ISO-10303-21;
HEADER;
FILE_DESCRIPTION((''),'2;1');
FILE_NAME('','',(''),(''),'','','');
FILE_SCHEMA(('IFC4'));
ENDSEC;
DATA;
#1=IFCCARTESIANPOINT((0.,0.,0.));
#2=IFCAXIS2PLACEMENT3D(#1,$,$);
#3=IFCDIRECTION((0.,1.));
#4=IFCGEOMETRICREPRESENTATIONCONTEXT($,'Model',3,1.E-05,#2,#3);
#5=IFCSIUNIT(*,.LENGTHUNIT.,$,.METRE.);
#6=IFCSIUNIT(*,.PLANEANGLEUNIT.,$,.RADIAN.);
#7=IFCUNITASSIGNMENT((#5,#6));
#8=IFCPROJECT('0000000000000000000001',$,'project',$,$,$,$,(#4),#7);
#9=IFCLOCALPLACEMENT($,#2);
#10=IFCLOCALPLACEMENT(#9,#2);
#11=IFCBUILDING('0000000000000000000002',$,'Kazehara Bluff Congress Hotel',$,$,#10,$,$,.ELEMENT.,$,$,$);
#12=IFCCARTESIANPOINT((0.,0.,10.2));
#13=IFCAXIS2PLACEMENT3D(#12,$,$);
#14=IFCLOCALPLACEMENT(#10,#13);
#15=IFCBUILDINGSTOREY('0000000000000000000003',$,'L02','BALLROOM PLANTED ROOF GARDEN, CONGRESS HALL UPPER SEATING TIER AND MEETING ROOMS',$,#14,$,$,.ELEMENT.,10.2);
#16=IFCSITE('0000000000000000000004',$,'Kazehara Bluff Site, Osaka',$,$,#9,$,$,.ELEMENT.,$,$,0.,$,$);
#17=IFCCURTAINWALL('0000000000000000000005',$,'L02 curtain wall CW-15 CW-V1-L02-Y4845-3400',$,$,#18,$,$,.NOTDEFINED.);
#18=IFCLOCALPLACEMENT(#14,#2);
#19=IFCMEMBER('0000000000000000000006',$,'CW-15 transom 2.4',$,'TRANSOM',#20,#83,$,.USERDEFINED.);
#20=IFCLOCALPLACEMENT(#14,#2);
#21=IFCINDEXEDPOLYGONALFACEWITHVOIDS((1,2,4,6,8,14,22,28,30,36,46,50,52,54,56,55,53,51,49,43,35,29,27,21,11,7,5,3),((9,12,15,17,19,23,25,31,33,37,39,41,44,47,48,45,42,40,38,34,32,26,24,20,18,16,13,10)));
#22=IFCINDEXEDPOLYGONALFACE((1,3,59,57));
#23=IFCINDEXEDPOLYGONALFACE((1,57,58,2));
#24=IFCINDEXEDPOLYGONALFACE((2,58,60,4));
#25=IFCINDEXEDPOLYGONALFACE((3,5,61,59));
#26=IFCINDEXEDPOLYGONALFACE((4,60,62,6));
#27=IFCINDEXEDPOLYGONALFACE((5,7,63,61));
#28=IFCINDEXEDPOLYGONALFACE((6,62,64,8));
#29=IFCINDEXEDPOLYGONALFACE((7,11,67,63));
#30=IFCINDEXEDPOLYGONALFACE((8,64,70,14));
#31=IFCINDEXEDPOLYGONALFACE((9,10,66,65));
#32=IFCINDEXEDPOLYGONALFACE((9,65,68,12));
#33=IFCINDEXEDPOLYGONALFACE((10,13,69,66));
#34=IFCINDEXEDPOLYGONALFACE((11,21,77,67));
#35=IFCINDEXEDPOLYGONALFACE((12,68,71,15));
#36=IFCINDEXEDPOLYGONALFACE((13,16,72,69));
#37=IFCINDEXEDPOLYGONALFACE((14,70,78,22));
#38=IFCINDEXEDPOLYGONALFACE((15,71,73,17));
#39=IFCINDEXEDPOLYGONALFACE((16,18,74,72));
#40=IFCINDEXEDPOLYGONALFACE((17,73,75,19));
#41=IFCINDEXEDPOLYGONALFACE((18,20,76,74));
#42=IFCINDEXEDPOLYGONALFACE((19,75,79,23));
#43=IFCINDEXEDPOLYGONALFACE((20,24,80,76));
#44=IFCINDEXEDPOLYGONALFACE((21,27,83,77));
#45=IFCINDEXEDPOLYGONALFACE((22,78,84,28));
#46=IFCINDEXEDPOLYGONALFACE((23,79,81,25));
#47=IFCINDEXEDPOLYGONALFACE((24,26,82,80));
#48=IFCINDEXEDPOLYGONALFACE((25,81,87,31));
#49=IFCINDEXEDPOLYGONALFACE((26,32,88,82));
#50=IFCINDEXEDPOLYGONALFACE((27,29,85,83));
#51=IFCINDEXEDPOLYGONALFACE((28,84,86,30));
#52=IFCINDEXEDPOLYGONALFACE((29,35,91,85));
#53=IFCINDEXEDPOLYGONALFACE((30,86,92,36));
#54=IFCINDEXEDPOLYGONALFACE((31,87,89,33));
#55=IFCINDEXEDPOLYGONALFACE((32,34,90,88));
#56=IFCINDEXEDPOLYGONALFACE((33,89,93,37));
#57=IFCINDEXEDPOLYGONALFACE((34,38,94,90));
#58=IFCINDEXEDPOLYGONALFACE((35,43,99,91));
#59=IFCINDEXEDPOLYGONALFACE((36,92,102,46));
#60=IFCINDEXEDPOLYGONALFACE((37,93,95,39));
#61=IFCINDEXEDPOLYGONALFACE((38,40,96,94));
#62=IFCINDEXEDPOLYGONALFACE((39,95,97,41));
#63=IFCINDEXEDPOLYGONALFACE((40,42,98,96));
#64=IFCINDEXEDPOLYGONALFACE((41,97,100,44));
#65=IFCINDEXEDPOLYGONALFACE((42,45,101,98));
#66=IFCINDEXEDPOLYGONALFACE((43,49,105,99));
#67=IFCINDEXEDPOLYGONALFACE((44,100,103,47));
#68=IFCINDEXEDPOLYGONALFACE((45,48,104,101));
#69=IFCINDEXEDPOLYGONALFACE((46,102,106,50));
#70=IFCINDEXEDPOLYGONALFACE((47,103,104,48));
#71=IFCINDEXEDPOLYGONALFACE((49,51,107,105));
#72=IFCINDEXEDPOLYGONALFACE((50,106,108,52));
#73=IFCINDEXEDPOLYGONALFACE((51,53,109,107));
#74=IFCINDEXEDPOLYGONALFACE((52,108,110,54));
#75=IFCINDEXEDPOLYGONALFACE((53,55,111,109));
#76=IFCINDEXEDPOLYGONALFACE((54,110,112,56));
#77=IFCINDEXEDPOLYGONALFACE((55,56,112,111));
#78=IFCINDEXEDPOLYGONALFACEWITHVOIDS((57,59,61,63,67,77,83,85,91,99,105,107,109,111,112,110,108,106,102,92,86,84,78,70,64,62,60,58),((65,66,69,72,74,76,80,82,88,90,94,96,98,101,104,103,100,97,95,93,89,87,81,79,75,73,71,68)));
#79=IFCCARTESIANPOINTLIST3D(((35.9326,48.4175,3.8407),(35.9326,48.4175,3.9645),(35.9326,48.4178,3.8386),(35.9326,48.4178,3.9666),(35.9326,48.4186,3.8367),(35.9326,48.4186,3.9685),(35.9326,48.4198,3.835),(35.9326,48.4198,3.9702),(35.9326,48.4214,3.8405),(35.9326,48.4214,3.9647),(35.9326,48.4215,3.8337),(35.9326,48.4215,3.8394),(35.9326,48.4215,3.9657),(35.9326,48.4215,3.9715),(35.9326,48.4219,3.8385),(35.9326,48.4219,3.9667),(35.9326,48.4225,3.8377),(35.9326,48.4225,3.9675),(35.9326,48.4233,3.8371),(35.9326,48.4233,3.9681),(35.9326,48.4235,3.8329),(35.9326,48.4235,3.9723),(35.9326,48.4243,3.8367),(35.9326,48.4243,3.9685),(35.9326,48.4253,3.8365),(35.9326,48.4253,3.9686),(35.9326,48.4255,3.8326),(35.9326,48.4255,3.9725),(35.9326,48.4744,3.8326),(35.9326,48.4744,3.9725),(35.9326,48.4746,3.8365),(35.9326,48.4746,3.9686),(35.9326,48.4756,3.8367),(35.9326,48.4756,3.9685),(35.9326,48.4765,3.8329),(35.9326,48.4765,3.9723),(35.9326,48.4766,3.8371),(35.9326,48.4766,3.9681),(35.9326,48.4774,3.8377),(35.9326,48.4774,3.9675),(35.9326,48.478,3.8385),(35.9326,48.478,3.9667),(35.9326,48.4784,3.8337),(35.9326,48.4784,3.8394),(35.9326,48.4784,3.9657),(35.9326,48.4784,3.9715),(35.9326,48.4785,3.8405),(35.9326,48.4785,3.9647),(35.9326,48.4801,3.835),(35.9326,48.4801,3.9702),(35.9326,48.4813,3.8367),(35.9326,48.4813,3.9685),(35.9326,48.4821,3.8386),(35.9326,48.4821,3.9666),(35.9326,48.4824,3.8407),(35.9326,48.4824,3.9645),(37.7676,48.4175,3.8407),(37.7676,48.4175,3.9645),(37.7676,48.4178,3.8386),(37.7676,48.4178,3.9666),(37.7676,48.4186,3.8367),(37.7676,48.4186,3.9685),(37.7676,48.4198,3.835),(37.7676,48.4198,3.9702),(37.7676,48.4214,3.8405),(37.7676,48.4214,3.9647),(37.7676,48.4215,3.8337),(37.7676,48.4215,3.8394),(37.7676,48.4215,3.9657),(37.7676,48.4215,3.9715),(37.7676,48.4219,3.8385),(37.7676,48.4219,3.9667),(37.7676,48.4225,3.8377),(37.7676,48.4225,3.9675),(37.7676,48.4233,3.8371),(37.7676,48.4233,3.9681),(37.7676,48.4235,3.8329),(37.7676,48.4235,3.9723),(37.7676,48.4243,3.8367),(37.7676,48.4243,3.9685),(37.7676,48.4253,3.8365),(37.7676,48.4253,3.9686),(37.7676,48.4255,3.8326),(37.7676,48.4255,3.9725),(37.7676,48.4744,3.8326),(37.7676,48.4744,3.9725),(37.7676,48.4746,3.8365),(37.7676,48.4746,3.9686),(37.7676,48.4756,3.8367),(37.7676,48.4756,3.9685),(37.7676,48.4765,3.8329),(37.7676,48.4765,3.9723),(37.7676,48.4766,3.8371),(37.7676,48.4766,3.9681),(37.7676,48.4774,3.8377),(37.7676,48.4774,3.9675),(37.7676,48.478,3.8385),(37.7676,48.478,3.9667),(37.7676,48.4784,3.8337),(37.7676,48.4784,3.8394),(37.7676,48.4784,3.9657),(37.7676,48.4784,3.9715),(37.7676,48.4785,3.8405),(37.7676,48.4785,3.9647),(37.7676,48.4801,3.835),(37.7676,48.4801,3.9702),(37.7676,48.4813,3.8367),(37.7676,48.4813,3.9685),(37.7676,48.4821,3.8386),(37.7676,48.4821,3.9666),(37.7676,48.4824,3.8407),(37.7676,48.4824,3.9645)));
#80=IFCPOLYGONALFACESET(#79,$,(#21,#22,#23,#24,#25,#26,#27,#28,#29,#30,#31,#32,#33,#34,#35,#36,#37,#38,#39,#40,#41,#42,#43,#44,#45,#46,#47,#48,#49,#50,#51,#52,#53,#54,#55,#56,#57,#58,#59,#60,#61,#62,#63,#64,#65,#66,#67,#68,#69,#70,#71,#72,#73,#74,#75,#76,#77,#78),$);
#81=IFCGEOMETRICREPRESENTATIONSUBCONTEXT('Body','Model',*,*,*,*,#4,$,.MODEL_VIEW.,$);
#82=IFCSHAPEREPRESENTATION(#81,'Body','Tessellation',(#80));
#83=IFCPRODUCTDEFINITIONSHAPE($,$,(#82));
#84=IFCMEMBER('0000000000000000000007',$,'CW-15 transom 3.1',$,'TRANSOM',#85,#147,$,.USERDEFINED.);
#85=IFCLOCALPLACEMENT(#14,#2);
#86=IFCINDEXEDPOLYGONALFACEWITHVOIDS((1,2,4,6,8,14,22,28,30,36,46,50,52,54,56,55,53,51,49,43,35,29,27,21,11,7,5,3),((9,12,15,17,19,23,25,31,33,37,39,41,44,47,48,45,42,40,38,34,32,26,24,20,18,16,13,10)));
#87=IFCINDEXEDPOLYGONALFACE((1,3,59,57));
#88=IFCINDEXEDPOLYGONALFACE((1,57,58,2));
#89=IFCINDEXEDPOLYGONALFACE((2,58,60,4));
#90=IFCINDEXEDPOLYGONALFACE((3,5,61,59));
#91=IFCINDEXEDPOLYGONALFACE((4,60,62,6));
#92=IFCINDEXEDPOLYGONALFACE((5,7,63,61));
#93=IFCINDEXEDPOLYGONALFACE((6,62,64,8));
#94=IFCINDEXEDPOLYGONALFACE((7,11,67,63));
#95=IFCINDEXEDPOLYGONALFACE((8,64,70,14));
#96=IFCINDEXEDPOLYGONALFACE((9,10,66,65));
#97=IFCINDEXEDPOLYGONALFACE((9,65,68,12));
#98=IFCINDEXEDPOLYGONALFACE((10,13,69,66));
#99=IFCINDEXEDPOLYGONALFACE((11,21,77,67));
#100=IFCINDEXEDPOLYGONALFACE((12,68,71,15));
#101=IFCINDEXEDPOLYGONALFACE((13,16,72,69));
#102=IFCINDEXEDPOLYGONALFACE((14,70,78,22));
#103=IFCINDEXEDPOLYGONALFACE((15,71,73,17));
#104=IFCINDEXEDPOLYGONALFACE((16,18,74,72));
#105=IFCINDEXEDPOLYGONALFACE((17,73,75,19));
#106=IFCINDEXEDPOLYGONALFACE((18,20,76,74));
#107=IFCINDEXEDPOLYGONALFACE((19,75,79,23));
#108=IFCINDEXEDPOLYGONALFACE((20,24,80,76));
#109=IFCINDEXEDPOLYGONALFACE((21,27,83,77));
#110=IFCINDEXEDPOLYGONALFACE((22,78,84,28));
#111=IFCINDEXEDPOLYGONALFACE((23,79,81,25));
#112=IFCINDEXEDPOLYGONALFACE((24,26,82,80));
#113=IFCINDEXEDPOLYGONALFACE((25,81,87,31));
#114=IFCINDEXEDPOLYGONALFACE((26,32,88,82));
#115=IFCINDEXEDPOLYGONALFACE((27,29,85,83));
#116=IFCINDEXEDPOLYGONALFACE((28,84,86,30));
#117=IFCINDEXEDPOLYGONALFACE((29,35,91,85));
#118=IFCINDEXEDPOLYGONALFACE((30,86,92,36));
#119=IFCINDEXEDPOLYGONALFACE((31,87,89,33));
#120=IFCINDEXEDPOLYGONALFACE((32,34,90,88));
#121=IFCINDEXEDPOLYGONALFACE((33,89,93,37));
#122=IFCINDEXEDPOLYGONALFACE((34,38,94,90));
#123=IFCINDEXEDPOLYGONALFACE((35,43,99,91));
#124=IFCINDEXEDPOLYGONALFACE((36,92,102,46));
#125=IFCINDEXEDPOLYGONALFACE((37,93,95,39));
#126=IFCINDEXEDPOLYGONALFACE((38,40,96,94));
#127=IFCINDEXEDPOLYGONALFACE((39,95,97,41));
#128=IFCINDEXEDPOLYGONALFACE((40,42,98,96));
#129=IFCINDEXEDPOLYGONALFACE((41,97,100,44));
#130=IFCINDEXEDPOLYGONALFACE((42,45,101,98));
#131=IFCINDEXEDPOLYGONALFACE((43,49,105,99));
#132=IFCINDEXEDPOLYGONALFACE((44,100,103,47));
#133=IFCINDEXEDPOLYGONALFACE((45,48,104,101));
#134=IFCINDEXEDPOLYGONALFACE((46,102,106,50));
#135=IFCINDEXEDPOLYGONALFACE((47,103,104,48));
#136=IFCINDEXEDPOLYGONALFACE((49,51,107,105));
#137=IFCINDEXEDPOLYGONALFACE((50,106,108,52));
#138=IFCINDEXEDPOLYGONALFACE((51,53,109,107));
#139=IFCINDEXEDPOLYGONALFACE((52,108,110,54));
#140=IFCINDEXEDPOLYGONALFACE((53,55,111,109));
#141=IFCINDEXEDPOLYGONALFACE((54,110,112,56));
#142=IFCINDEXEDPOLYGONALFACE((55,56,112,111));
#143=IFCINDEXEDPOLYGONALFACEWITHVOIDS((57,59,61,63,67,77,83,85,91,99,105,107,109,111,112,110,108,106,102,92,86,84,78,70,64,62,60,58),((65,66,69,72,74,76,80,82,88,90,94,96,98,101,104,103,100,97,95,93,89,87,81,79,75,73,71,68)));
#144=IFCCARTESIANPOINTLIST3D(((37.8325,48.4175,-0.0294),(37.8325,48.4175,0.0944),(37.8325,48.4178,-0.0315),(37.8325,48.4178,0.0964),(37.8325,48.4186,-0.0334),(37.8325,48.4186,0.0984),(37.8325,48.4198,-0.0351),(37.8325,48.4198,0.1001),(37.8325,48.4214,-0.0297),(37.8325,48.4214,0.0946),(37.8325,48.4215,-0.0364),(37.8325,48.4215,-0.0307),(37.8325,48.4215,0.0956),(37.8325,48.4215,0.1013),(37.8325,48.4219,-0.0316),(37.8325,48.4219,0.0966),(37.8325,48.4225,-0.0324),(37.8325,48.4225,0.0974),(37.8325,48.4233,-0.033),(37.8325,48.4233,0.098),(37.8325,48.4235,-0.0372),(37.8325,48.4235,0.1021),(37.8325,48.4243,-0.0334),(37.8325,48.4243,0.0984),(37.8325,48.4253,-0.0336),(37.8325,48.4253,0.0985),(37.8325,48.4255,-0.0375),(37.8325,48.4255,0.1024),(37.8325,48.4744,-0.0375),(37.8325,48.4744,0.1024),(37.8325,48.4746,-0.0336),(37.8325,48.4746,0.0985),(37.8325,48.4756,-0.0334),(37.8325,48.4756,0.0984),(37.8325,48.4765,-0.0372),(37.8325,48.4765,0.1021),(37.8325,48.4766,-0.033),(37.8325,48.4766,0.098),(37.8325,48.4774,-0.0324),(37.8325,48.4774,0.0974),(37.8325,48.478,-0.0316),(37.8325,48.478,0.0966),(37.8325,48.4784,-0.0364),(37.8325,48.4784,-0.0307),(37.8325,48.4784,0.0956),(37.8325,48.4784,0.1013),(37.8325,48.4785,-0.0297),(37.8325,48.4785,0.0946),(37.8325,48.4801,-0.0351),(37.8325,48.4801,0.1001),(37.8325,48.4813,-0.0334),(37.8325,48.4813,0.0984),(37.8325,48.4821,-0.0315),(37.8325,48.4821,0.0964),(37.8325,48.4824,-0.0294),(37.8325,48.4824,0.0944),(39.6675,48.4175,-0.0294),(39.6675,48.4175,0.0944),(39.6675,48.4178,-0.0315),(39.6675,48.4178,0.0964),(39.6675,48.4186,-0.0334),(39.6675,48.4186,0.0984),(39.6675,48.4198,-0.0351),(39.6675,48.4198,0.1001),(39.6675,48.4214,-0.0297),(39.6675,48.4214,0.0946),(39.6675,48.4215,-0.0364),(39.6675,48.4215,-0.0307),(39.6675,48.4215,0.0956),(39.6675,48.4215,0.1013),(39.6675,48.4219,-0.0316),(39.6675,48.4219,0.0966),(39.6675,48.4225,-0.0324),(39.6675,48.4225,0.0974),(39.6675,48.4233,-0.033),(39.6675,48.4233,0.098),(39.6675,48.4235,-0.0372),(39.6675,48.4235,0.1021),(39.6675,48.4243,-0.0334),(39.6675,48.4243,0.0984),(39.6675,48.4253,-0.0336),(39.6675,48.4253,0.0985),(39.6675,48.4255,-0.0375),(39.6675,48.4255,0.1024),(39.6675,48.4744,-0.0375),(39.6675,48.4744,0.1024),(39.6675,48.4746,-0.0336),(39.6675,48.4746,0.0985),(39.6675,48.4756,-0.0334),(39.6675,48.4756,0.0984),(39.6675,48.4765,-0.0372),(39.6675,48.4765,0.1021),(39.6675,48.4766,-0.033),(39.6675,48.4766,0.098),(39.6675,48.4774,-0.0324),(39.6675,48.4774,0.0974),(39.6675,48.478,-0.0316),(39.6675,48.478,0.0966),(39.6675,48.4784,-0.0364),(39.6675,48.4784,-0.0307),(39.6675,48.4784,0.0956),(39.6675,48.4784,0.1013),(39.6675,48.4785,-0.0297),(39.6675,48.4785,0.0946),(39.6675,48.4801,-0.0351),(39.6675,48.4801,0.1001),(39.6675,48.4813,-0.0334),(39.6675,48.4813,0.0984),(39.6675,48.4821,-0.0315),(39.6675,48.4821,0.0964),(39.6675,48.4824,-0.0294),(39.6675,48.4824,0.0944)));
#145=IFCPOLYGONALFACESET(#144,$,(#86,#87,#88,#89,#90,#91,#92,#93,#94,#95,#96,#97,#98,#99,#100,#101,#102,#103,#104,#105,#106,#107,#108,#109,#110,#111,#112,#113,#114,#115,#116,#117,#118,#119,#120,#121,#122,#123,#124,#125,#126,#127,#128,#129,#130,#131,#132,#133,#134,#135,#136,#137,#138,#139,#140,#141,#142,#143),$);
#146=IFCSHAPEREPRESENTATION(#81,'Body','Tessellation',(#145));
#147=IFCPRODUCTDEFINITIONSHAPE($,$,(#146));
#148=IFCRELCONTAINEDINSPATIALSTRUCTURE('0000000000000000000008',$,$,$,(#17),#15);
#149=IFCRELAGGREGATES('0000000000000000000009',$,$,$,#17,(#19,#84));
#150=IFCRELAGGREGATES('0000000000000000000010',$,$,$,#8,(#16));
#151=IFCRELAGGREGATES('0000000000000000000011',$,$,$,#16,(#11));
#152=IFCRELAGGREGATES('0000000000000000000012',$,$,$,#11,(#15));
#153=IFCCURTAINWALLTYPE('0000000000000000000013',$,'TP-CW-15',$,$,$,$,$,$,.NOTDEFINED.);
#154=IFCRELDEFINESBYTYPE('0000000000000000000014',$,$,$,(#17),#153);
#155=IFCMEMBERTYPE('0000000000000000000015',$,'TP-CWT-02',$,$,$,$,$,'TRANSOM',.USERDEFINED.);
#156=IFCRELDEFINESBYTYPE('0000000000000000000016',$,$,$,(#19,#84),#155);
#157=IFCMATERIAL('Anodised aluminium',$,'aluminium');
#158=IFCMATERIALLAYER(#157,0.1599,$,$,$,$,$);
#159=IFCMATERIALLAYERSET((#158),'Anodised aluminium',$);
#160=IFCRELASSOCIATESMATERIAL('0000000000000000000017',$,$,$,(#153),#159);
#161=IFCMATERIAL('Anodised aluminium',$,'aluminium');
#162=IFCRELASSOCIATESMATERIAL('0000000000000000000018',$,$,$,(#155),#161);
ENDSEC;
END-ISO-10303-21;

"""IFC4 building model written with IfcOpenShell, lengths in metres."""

from ifc_helpers import new_model, si_unit, direction, frame, origin, origin_2d, place, context, subcontext, project, spatial, hollow_rectangle, extrude, material, layer, layer_set, material_profile, profile_set, type_object, element, aggregate, save


model = new_model("IFC4")

# Units and contexts
model_context = context("Model", 3, precision=1e-05, world=origin(), true_north=direction((0.0, 1.0)))
body_context = subcontext(model_context, "Body", "Model", "MODEL_VIEW")
ifc_project = project(units=[si_unit("LENGTHUNIT", "METRE"), si_unit("PLANEANGLEUNIT", "RADIAN")], contexts=[model_context])

# Site, building, storey
site_placement = place(None, origin())
site = spatial("IfcSite", under=ifc_project, at=site_placement, Name="Kazehara Bluff Site, Osaka", CompositionType="ELEMENT", RefElevation=0.0)
building_placement = place(site_placement, origin())
building = spatial("IfcBuilding", under=site, at=building_placement, Name="Kazehara Bluff Congress Hotel", CompositionType="ELEMENT")
storey_placement = place(building_placement, frame((0.0, 0.0, 10.2)))
storey = spatial("IfcBuildingStorey", under=building, at=storey_placement, Name="L02", Description="BALLROOM PLANTED ROOF GARDEN, CONGRESS HALL UPPER SEATING TIER AND MEETING ROOMS", CompositionType="ELEMENT", Elevation=10.2)

# Curtain wall, members
ifc_material_1 = material(Name="Anodised aluminium", Category="aluminium")
ifc_layer_1 = layer(ifc_material_1, 0.1599)
ifc_layer_set_1 = layer_set([ifc_layer_1], Name="Anodised aluminium")
curtain_wall_type = type_object("IfcCurtainWallType", Name="TP-CW-15", PredefinedType="NOTDEFINED", material=ifc_layer_set_1)
curtain_wall_placement = place(storey_placement, origin())
curtain_wall = element("IfcCurtainWall", 1, at=curtain_wall_placement, inside=storey, type_object=curtain_wall_type, Name="L02 curtain wall CW-15 CW-V1-L02-Y4845-3400", PredefinedType="NOTDEFINED")
ifc_material_2 = material(Name="Anodised aluminium", Category="aluminium")
ifc_material_profile_1 = material_profile(ifc_material_2, hollow_rectangle(XDim=0.0649, YDim=0.1399, WallThickness=0.0039, InnerFilletRadius=0.0039, OuterFilletRadius=0.0081, at=origin_2d()))
ifc_profile_set_1 = profile_set([ifc_material_profile_1], Name="Anodised aluminium")
member_type_1 = type_object("IfcMemberType", Name="TP-CWT-02", ElementType="TRANSOM", PredefinedType="USERDEFINED", material=ifc_profile_set_1)
member_1_placement = place(storey_placement, frame((35.9326, 48.45, 3.9026), z_axis=(1.0, 0.0, 0.0), x_axis=(0.0, 1.0, 0.0)))
member_1 = element("IfcMember", 2, at=member_1_placement, type_object=member_type_1, Name="CW-15 transom 2.4", ObjectType="TRANSOM", PredefinedType="USERDEFINED", context=body_context, shape_type="SweptSolid", body=[
    extrude(hollow_rectangle(XDim=0.0649, YDim=0.1399, WallThickness=0.0039, InnerFilletRadius=0.0039, OuterFilletRadius=0.0081, at=origin_2d()), origin(), (0.0, 0.0, 1.0), 1.835),
])
member_2_placement = place(storey_placement, frame((37.8325, 48.45, 0.0325), z_axis=(1.0, 0.0, 0.0), x_axis=(0.0, 1.0, 0.0)))
member_2 = element("IfcMember", 3, at=member_2_placement, type_object=member_type_1, Name="CW-15 transom 3.1", ObjectType="TRANSOM", PredefinedType="USERDEFINED", context=body_context, shape_type="SweptSolid", body=[
    extrude(hollow_rectangle(XDim=0.0649, YDim=0.1399, WallThickness=0.0039, InnerFilletRadius=0.0039, OuterFilletRadius=0.0081, at=origin_2d()), origin(), (0.0, 0.0, 1.0), 1.835),
])

aggregate(curtain_wall, [member_1, member_2])

save(model, "model.ifc")
